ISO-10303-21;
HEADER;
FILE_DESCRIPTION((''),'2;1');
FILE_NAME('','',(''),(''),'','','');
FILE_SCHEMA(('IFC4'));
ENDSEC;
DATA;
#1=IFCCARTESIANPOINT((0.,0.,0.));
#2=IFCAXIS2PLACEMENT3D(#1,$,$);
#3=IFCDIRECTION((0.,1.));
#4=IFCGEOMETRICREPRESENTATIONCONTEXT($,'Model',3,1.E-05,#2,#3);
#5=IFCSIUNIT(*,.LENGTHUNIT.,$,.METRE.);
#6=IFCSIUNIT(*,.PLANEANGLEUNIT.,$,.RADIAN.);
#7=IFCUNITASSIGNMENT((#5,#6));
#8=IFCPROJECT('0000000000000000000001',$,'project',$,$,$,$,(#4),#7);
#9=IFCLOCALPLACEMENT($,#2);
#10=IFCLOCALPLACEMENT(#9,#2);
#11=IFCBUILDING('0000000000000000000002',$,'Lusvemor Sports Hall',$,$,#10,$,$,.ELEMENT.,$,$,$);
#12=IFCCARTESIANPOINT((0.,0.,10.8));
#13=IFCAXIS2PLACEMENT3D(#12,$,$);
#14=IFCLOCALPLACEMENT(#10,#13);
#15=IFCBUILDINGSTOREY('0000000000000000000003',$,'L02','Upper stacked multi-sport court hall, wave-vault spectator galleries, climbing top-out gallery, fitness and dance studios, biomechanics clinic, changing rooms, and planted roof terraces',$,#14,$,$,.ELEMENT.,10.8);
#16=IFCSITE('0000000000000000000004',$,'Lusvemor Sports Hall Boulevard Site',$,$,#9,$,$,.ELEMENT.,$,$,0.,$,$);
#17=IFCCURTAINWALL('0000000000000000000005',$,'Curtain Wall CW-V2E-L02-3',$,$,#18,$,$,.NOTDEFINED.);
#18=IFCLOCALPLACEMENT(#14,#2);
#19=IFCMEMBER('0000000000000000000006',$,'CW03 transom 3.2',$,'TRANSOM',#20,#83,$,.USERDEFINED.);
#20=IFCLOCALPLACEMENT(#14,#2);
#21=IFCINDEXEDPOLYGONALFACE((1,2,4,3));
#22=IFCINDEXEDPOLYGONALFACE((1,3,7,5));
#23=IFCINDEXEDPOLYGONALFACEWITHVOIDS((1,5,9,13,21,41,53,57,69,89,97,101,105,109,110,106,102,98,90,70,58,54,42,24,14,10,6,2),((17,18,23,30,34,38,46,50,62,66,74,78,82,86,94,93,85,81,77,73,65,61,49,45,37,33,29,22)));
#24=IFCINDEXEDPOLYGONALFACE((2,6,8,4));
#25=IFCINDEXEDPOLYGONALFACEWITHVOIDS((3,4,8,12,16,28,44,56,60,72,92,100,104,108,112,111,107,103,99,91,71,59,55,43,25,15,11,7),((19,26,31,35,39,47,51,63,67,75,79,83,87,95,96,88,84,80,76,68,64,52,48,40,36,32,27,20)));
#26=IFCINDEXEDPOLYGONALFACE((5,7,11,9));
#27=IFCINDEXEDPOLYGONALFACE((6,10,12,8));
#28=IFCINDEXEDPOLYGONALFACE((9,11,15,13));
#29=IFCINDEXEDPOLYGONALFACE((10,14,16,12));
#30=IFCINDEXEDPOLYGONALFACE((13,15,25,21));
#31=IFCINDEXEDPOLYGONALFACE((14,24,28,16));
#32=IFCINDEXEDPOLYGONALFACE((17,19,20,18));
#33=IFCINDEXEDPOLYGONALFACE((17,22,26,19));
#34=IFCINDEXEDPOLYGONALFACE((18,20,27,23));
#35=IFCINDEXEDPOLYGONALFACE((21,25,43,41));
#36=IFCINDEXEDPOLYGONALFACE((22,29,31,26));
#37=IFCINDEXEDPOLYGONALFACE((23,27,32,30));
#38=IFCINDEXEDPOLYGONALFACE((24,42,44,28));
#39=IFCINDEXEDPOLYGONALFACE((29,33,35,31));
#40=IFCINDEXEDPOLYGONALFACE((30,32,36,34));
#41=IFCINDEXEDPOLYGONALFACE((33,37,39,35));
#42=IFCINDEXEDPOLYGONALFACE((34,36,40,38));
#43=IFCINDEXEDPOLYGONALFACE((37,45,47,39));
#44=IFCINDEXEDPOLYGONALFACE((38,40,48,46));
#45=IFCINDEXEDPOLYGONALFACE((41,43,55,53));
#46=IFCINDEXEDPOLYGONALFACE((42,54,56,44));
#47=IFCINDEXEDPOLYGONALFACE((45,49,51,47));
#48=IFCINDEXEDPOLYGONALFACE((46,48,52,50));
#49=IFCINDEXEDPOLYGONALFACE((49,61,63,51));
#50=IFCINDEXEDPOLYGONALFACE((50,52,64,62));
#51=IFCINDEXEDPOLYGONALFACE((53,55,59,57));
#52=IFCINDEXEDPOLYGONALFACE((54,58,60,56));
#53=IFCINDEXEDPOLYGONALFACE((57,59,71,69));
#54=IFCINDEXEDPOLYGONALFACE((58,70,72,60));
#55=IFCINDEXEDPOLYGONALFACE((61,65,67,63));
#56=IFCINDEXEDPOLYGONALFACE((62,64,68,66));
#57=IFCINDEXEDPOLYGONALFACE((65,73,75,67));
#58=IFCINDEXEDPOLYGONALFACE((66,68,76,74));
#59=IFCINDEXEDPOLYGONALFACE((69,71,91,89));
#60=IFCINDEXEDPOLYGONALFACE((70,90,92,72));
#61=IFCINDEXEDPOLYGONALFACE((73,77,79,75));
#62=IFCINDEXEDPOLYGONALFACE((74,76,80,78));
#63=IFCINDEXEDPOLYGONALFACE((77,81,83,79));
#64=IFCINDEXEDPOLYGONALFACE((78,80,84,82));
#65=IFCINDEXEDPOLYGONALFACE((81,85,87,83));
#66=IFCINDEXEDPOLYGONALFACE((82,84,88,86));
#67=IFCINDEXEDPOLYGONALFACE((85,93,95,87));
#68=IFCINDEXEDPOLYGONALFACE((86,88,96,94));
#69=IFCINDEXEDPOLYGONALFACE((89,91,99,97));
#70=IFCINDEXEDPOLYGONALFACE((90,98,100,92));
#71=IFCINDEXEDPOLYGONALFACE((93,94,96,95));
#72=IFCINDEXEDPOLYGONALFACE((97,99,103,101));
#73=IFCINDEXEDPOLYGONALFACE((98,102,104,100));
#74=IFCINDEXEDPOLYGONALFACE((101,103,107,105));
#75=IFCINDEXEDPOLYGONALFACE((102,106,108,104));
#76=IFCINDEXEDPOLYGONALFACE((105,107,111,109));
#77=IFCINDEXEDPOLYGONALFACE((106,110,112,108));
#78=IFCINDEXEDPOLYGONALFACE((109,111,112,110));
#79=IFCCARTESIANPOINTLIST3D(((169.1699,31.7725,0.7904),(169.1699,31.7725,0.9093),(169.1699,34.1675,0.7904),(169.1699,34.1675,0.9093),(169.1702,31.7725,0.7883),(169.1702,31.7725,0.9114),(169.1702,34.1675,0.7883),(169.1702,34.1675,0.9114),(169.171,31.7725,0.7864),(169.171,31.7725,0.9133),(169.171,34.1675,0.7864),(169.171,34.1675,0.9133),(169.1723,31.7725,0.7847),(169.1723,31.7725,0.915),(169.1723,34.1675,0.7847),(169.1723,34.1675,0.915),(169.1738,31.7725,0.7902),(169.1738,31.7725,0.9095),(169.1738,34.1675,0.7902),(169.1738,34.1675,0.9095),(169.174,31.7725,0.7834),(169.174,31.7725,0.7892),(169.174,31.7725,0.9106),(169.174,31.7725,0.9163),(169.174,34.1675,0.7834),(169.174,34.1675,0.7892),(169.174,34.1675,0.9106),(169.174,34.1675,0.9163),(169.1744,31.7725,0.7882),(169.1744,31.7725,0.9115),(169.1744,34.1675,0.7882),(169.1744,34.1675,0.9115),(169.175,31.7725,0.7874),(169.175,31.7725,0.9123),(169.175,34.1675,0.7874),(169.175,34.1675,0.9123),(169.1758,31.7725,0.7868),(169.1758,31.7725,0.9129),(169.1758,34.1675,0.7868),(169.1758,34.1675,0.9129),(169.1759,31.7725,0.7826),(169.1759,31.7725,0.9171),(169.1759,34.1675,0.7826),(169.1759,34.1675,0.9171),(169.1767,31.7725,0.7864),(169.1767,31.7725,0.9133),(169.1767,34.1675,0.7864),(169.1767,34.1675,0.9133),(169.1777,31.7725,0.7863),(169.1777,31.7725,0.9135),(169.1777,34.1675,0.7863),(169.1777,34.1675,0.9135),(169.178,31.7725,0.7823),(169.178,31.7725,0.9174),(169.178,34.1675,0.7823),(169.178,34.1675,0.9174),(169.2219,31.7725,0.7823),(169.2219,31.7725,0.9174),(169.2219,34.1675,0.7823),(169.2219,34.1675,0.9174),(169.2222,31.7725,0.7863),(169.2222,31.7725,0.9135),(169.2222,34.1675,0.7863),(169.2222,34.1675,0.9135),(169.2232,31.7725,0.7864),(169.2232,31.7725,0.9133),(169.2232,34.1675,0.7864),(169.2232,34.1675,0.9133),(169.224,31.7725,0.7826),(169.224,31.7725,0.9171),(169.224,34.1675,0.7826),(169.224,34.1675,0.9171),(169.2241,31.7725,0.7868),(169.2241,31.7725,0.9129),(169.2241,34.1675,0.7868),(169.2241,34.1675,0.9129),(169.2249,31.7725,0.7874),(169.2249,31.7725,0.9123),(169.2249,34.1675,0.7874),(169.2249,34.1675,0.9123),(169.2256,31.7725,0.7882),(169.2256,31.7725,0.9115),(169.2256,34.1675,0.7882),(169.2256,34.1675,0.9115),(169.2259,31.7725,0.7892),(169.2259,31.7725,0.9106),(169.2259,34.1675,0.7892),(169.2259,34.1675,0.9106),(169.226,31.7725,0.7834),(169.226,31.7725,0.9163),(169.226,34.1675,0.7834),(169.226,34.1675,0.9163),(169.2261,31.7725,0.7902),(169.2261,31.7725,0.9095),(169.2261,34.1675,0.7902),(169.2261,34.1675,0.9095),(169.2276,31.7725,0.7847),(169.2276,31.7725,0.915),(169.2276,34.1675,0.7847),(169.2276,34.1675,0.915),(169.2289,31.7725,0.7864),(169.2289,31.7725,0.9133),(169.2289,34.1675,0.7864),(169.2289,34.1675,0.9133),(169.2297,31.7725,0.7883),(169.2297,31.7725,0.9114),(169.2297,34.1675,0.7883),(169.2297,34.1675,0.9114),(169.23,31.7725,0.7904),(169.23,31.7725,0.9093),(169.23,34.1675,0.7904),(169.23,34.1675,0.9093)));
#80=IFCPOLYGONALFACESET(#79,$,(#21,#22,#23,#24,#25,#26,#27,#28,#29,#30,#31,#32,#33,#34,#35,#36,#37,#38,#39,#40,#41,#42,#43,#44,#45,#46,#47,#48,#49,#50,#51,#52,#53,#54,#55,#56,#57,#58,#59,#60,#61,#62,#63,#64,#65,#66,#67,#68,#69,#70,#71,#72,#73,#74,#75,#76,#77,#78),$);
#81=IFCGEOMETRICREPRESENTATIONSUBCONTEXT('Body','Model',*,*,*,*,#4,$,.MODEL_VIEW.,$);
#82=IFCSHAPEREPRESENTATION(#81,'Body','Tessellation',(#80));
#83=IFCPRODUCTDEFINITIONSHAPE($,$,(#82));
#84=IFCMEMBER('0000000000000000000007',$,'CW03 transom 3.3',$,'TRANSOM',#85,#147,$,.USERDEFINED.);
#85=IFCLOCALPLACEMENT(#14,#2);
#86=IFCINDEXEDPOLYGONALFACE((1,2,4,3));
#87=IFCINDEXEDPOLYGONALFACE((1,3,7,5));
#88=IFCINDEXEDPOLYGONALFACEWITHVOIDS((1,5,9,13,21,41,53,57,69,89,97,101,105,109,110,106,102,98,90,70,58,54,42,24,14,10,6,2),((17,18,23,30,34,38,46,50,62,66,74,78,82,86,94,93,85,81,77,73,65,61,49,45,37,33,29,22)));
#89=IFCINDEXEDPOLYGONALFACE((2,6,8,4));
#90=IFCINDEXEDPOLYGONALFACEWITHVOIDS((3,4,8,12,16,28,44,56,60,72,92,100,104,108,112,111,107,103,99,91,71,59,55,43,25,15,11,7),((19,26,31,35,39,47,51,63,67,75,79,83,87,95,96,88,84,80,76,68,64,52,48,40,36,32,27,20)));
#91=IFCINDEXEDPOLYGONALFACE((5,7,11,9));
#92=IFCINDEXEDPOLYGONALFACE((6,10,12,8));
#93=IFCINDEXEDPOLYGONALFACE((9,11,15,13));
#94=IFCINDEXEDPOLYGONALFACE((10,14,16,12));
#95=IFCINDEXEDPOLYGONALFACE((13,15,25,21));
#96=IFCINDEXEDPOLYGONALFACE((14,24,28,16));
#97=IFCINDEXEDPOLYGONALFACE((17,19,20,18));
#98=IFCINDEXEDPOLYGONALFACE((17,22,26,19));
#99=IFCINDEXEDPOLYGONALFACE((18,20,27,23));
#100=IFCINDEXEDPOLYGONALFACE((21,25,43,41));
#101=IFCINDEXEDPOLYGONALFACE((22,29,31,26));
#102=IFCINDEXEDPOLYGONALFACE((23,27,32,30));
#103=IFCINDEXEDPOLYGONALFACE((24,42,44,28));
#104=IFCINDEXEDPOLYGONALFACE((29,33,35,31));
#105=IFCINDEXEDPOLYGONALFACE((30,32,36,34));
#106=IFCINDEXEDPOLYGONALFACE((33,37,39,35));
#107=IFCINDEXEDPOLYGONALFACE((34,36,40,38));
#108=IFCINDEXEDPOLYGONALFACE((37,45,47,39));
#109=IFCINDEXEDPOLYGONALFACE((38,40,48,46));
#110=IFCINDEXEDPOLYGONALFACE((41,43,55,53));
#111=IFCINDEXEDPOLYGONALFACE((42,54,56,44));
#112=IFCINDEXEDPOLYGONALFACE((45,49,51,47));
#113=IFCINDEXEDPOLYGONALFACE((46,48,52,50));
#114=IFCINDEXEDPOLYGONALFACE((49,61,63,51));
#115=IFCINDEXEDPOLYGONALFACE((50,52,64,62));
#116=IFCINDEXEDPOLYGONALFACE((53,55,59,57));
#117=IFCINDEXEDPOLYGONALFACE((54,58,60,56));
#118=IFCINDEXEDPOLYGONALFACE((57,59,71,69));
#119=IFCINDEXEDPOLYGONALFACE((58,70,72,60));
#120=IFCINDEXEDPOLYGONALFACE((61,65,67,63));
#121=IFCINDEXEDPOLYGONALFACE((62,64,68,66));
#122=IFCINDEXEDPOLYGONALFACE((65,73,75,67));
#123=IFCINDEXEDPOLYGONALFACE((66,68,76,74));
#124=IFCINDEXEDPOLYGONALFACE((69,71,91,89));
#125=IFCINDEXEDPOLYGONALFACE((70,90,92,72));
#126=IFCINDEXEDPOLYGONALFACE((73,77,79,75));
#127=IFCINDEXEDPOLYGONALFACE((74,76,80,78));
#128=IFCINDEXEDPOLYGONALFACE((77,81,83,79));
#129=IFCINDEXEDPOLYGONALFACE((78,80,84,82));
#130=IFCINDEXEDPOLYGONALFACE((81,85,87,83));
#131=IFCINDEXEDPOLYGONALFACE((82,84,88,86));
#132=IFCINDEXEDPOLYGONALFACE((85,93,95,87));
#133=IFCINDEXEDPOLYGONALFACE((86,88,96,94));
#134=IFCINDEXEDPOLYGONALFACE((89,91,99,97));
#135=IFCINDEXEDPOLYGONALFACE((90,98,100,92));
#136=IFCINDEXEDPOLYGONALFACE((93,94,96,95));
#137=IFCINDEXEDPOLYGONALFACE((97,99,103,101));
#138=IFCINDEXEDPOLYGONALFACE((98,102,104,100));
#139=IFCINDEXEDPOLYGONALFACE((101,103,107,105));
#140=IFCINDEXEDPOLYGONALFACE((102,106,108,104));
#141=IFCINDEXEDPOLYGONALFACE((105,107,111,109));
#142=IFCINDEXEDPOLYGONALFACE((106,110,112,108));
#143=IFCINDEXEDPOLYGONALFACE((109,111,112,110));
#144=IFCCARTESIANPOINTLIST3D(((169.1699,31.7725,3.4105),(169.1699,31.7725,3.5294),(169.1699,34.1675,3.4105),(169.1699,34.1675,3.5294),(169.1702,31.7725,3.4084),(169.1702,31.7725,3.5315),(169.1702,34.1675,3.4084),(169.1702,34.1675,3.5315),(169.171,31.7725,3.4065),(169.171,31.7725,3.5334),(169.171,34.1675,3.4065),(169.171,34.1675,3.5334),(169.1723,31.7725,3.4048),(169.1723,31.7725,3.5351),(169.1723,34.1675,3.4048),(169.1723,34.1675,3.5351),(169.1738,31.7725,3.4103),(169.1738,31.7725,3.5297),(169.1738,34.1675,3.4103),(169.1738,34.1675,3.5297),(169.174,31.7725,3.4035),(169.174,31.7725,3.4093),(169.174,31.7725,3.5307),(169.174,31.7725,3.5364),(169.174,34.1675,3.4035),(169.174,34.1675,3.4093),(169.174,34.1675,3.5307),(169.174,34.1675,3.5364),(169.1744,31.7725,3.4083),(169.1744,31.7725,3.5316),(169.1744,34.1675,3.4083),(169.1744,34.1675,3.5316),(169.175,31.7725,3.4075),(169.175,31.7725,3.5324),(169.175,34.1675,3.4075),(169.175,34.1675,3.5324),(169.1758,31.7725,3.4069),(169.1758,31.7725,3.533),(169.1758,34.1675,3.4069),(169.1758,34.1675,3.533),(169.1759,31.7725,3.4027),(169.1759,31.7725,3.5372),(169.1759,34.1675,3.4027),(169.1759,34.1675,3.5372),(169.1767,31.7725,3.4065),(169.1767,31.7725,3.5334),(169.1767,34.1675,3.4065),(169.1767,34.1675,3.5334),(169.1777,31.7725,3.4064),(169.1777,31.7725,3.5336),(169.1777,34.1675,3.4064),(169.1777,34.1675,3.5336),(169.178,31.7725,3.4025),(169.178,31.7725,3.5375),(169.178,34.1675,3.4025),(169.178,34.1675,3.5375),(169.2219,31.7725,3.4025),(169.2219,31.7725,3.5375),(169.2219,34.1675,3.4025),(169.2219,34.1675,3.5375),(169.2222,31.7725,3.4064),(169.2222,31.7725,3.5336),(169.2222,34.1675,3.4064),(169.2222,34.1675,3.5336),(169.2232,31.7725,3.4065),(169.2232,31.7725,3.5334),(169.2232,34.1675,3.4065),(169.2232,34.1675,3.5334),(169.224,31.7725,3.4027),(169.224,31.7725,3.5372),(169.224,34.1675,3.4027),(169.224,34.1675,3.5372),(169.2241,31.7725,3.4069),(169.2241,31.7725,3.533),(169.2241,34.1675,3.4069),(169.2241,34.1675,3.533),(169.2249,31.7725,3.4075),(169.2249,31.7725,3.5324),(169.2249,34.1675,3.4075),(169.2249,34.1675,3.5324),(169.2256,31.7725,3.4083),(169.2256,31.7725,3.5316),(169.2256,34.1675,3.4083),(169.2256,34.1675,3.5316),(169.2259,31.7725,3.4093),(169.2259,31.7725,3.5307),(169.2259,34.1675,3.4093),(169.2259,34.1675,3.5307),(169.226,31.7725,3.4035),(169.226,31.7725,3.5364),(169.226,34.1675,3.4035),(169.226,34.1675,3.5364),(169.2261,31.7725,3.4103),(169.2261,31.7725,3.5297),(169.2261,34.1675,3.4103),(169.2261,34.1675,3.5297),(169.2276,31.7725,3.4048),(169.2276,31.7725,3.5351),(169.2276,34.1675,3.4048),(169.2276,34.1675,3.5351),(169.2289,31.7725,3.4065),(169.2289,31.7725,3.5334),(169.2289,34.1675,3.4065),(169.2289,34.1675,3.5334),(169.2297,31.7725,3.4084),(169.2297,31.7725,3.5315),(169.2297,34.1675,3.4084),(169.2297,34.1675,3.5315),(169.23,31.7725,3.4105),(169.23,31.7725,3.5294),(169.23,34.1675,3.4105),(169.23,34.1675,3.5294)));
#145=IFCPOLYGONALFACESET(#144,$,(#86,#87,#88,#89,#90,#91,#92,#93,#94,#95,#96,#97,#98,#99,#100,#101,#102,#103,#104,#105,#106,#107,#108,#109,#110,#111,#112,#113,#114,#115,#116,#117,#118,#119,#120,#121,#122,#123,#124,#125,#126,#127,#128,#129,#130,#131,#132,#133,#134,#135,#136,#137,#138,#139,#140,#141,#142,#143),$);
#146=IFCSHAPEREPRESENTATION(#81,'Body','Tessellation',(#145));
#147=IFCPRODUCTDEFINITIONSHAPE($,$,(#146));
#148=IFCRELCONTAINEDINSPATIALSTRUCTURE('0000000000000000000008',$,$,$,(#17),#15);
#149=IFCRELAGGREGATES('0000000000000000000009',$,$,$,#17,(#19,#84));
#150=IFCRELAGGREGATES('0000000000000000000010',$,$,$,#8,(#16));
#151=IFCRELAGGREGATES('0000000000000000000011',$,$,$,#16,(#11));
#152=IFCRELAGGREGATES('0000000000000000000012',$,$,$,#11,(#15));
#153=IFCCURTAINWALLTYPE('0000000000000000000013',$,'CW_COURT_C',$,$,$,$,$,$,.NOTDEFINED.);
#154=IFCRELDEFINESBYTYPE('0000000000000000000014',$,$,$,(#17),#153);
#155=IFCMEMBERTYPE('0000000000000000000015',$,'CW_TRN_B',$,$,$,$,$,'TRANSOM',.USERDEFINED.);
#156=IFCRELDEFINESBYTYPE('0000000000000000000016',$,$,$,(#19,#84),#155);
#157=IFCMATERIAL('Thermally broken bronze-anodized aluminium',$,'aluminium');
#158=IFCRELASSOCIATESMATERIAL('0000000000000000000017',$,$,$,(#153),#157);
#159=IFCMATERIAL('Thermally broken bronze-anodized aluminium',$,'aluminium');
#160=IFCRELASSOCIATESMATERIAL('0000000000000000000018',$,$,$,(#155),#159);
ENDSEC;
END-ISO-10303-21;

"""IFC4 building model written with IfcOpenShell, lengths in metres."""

from ifc_helpers import new_model, si_unit, direction, frame, origin, origin_2d, place, context, subcontext, project, spatial, hollow_rectangle, extrude, material, material_profile, profile_set, type_object, element, aggregate, save


model = new_model("IFC4")

# Units and contexts
model_context = context("Model", 3, precision=1e-05, world=origin(), true_north=direction((0.0, 1.0)))
body_context = subcontext(model_context, "Body", "Model", "MODEL_VIEW")
ifc_project = project(units=[si_unit("LENGTHUNIT", "METRE"), si_unit("PLANEANGLEUNIT", "RADIAN")], contexts=[model_context])

# Site, building, storey
site_placement = place(None, origin())
site = spatial("IfcSite", under=ifc_project, at=site_placement, Name="Lusvemor Sports Hall Boulevard Site", CompositionType="ELEMENT", RefElevation=0.0)
building_placement = place(site_placement, origin())
building = spatial("IfcBuilding", under=site, at=building_placement, Name="Lusvemor Sports Hall", CompositionType="ELEMENT")
storey_placement = place(building_placement, frame((0.0, 0.0, 10.8)))
storey = spatial("IfcBuildingStorey", under=building, at=storey_placement, Name="L02", Description="Upper stacked multi-sport court hall, wave-vault spectator galleries, climbing top-out gallery, fitness and dance studios, biomechanics clinic, changing rooms, and planted roof terraces", CompositionType="ELEMENT", Elevation=10.8)

# Curtain wall, members
ifc_material_1 = material(Name="Thermally broken bronze-anodized aluminium", Category="aluminium")
curtain_wall_type = type_object("IfcCurtainWallType", Name="CW_COURT_C", PredefinedType="NOTDEFINED", material=ifc_material_1)
curtain_wall_placement = place(storey_placement, origin())
curtain_wall = element("IfcCurtainWall", 1, at=curtain_wall_placement, inside=storey, type_object=curtain_wall_type, Name="Curtain Wall CW-V2E-L02-3", PredefinedType="NOTDEFINED")
ifc_material_2 = material(Name="Thermally broken bronze-anodized aluminium", Category="aluminium")
ifc_material_profile_1 = material_profile(ifc_material_2, hollow_rectangle(XDim=0.0601, YDim=0.135, WallThickness=0.0039, InnerFilletRadius=0.0039, OuterFilletRadius=0.0081, at=origin_2d()), Name="CWTRN135x60x4")
ifc_profile_set_1 = profile_set([ifc_material_profile_1], Name="Thermally broken bronze-anodized aluminium")
member_type_1 = type_object("IfcMemberType", Name="CW_TRN_B", ElementType="TRANSOM", PredefinedType="USERDEFINED", material=ifc_profile_set_1)
member_1_placement = place(storey_placement, frame((169.2, 34.1675, 0.8499), z_axis=(0.0, -1.0, 0.0), x_axis=(1.0, 0.0, 0.0)))
member_1 = element("IfcMember", 2, at=member_1_placement, type_object=member_type_1, Name="CW03 transom 3.2", ObjectType="TRANSOM", PredefinedType="USERDEFINED", context=body_context, shape_type="SweptSolid", body=[
    extrude(hollow_rectangle(XDim=0.0601, YDim=0.135, WallThickness=0.0039, InnerFilletRadius=0.0039, OuterFilletRadius=0.0081, at=origin_2d()), origin(), (0.0, 0.0, 1.0), 2.395),
])
member_2_placement = place(storey_placement, frame((169.2, 34.1675, 3.47), z_axis=(0.0, -1.0, 0.0), x_axis=(1.0, 0.0, 0.0)))
member_2 = element("IfcMember", 3, at=member_2_placement, type_object=member_type_1, Name="CW03 transom 3.3", ObjectType="TRANSOM", PredefinedType="USERDEFINED", context=body_context, shape_type="SweptSolid", body=[
    extrude(hollow_rectangle(XDim=0.0601, YDim=0.135, WallThickness=0.0039, InnerFilletRadius=0.0039, OuterFilletRadius=0.0081, at=origin_2d()), origin(), (0.0, 0.0, 1.0), 2.395),
])

aggregate(curtain_wall, [member_1, member_2])

save(model, "model.ifc")
